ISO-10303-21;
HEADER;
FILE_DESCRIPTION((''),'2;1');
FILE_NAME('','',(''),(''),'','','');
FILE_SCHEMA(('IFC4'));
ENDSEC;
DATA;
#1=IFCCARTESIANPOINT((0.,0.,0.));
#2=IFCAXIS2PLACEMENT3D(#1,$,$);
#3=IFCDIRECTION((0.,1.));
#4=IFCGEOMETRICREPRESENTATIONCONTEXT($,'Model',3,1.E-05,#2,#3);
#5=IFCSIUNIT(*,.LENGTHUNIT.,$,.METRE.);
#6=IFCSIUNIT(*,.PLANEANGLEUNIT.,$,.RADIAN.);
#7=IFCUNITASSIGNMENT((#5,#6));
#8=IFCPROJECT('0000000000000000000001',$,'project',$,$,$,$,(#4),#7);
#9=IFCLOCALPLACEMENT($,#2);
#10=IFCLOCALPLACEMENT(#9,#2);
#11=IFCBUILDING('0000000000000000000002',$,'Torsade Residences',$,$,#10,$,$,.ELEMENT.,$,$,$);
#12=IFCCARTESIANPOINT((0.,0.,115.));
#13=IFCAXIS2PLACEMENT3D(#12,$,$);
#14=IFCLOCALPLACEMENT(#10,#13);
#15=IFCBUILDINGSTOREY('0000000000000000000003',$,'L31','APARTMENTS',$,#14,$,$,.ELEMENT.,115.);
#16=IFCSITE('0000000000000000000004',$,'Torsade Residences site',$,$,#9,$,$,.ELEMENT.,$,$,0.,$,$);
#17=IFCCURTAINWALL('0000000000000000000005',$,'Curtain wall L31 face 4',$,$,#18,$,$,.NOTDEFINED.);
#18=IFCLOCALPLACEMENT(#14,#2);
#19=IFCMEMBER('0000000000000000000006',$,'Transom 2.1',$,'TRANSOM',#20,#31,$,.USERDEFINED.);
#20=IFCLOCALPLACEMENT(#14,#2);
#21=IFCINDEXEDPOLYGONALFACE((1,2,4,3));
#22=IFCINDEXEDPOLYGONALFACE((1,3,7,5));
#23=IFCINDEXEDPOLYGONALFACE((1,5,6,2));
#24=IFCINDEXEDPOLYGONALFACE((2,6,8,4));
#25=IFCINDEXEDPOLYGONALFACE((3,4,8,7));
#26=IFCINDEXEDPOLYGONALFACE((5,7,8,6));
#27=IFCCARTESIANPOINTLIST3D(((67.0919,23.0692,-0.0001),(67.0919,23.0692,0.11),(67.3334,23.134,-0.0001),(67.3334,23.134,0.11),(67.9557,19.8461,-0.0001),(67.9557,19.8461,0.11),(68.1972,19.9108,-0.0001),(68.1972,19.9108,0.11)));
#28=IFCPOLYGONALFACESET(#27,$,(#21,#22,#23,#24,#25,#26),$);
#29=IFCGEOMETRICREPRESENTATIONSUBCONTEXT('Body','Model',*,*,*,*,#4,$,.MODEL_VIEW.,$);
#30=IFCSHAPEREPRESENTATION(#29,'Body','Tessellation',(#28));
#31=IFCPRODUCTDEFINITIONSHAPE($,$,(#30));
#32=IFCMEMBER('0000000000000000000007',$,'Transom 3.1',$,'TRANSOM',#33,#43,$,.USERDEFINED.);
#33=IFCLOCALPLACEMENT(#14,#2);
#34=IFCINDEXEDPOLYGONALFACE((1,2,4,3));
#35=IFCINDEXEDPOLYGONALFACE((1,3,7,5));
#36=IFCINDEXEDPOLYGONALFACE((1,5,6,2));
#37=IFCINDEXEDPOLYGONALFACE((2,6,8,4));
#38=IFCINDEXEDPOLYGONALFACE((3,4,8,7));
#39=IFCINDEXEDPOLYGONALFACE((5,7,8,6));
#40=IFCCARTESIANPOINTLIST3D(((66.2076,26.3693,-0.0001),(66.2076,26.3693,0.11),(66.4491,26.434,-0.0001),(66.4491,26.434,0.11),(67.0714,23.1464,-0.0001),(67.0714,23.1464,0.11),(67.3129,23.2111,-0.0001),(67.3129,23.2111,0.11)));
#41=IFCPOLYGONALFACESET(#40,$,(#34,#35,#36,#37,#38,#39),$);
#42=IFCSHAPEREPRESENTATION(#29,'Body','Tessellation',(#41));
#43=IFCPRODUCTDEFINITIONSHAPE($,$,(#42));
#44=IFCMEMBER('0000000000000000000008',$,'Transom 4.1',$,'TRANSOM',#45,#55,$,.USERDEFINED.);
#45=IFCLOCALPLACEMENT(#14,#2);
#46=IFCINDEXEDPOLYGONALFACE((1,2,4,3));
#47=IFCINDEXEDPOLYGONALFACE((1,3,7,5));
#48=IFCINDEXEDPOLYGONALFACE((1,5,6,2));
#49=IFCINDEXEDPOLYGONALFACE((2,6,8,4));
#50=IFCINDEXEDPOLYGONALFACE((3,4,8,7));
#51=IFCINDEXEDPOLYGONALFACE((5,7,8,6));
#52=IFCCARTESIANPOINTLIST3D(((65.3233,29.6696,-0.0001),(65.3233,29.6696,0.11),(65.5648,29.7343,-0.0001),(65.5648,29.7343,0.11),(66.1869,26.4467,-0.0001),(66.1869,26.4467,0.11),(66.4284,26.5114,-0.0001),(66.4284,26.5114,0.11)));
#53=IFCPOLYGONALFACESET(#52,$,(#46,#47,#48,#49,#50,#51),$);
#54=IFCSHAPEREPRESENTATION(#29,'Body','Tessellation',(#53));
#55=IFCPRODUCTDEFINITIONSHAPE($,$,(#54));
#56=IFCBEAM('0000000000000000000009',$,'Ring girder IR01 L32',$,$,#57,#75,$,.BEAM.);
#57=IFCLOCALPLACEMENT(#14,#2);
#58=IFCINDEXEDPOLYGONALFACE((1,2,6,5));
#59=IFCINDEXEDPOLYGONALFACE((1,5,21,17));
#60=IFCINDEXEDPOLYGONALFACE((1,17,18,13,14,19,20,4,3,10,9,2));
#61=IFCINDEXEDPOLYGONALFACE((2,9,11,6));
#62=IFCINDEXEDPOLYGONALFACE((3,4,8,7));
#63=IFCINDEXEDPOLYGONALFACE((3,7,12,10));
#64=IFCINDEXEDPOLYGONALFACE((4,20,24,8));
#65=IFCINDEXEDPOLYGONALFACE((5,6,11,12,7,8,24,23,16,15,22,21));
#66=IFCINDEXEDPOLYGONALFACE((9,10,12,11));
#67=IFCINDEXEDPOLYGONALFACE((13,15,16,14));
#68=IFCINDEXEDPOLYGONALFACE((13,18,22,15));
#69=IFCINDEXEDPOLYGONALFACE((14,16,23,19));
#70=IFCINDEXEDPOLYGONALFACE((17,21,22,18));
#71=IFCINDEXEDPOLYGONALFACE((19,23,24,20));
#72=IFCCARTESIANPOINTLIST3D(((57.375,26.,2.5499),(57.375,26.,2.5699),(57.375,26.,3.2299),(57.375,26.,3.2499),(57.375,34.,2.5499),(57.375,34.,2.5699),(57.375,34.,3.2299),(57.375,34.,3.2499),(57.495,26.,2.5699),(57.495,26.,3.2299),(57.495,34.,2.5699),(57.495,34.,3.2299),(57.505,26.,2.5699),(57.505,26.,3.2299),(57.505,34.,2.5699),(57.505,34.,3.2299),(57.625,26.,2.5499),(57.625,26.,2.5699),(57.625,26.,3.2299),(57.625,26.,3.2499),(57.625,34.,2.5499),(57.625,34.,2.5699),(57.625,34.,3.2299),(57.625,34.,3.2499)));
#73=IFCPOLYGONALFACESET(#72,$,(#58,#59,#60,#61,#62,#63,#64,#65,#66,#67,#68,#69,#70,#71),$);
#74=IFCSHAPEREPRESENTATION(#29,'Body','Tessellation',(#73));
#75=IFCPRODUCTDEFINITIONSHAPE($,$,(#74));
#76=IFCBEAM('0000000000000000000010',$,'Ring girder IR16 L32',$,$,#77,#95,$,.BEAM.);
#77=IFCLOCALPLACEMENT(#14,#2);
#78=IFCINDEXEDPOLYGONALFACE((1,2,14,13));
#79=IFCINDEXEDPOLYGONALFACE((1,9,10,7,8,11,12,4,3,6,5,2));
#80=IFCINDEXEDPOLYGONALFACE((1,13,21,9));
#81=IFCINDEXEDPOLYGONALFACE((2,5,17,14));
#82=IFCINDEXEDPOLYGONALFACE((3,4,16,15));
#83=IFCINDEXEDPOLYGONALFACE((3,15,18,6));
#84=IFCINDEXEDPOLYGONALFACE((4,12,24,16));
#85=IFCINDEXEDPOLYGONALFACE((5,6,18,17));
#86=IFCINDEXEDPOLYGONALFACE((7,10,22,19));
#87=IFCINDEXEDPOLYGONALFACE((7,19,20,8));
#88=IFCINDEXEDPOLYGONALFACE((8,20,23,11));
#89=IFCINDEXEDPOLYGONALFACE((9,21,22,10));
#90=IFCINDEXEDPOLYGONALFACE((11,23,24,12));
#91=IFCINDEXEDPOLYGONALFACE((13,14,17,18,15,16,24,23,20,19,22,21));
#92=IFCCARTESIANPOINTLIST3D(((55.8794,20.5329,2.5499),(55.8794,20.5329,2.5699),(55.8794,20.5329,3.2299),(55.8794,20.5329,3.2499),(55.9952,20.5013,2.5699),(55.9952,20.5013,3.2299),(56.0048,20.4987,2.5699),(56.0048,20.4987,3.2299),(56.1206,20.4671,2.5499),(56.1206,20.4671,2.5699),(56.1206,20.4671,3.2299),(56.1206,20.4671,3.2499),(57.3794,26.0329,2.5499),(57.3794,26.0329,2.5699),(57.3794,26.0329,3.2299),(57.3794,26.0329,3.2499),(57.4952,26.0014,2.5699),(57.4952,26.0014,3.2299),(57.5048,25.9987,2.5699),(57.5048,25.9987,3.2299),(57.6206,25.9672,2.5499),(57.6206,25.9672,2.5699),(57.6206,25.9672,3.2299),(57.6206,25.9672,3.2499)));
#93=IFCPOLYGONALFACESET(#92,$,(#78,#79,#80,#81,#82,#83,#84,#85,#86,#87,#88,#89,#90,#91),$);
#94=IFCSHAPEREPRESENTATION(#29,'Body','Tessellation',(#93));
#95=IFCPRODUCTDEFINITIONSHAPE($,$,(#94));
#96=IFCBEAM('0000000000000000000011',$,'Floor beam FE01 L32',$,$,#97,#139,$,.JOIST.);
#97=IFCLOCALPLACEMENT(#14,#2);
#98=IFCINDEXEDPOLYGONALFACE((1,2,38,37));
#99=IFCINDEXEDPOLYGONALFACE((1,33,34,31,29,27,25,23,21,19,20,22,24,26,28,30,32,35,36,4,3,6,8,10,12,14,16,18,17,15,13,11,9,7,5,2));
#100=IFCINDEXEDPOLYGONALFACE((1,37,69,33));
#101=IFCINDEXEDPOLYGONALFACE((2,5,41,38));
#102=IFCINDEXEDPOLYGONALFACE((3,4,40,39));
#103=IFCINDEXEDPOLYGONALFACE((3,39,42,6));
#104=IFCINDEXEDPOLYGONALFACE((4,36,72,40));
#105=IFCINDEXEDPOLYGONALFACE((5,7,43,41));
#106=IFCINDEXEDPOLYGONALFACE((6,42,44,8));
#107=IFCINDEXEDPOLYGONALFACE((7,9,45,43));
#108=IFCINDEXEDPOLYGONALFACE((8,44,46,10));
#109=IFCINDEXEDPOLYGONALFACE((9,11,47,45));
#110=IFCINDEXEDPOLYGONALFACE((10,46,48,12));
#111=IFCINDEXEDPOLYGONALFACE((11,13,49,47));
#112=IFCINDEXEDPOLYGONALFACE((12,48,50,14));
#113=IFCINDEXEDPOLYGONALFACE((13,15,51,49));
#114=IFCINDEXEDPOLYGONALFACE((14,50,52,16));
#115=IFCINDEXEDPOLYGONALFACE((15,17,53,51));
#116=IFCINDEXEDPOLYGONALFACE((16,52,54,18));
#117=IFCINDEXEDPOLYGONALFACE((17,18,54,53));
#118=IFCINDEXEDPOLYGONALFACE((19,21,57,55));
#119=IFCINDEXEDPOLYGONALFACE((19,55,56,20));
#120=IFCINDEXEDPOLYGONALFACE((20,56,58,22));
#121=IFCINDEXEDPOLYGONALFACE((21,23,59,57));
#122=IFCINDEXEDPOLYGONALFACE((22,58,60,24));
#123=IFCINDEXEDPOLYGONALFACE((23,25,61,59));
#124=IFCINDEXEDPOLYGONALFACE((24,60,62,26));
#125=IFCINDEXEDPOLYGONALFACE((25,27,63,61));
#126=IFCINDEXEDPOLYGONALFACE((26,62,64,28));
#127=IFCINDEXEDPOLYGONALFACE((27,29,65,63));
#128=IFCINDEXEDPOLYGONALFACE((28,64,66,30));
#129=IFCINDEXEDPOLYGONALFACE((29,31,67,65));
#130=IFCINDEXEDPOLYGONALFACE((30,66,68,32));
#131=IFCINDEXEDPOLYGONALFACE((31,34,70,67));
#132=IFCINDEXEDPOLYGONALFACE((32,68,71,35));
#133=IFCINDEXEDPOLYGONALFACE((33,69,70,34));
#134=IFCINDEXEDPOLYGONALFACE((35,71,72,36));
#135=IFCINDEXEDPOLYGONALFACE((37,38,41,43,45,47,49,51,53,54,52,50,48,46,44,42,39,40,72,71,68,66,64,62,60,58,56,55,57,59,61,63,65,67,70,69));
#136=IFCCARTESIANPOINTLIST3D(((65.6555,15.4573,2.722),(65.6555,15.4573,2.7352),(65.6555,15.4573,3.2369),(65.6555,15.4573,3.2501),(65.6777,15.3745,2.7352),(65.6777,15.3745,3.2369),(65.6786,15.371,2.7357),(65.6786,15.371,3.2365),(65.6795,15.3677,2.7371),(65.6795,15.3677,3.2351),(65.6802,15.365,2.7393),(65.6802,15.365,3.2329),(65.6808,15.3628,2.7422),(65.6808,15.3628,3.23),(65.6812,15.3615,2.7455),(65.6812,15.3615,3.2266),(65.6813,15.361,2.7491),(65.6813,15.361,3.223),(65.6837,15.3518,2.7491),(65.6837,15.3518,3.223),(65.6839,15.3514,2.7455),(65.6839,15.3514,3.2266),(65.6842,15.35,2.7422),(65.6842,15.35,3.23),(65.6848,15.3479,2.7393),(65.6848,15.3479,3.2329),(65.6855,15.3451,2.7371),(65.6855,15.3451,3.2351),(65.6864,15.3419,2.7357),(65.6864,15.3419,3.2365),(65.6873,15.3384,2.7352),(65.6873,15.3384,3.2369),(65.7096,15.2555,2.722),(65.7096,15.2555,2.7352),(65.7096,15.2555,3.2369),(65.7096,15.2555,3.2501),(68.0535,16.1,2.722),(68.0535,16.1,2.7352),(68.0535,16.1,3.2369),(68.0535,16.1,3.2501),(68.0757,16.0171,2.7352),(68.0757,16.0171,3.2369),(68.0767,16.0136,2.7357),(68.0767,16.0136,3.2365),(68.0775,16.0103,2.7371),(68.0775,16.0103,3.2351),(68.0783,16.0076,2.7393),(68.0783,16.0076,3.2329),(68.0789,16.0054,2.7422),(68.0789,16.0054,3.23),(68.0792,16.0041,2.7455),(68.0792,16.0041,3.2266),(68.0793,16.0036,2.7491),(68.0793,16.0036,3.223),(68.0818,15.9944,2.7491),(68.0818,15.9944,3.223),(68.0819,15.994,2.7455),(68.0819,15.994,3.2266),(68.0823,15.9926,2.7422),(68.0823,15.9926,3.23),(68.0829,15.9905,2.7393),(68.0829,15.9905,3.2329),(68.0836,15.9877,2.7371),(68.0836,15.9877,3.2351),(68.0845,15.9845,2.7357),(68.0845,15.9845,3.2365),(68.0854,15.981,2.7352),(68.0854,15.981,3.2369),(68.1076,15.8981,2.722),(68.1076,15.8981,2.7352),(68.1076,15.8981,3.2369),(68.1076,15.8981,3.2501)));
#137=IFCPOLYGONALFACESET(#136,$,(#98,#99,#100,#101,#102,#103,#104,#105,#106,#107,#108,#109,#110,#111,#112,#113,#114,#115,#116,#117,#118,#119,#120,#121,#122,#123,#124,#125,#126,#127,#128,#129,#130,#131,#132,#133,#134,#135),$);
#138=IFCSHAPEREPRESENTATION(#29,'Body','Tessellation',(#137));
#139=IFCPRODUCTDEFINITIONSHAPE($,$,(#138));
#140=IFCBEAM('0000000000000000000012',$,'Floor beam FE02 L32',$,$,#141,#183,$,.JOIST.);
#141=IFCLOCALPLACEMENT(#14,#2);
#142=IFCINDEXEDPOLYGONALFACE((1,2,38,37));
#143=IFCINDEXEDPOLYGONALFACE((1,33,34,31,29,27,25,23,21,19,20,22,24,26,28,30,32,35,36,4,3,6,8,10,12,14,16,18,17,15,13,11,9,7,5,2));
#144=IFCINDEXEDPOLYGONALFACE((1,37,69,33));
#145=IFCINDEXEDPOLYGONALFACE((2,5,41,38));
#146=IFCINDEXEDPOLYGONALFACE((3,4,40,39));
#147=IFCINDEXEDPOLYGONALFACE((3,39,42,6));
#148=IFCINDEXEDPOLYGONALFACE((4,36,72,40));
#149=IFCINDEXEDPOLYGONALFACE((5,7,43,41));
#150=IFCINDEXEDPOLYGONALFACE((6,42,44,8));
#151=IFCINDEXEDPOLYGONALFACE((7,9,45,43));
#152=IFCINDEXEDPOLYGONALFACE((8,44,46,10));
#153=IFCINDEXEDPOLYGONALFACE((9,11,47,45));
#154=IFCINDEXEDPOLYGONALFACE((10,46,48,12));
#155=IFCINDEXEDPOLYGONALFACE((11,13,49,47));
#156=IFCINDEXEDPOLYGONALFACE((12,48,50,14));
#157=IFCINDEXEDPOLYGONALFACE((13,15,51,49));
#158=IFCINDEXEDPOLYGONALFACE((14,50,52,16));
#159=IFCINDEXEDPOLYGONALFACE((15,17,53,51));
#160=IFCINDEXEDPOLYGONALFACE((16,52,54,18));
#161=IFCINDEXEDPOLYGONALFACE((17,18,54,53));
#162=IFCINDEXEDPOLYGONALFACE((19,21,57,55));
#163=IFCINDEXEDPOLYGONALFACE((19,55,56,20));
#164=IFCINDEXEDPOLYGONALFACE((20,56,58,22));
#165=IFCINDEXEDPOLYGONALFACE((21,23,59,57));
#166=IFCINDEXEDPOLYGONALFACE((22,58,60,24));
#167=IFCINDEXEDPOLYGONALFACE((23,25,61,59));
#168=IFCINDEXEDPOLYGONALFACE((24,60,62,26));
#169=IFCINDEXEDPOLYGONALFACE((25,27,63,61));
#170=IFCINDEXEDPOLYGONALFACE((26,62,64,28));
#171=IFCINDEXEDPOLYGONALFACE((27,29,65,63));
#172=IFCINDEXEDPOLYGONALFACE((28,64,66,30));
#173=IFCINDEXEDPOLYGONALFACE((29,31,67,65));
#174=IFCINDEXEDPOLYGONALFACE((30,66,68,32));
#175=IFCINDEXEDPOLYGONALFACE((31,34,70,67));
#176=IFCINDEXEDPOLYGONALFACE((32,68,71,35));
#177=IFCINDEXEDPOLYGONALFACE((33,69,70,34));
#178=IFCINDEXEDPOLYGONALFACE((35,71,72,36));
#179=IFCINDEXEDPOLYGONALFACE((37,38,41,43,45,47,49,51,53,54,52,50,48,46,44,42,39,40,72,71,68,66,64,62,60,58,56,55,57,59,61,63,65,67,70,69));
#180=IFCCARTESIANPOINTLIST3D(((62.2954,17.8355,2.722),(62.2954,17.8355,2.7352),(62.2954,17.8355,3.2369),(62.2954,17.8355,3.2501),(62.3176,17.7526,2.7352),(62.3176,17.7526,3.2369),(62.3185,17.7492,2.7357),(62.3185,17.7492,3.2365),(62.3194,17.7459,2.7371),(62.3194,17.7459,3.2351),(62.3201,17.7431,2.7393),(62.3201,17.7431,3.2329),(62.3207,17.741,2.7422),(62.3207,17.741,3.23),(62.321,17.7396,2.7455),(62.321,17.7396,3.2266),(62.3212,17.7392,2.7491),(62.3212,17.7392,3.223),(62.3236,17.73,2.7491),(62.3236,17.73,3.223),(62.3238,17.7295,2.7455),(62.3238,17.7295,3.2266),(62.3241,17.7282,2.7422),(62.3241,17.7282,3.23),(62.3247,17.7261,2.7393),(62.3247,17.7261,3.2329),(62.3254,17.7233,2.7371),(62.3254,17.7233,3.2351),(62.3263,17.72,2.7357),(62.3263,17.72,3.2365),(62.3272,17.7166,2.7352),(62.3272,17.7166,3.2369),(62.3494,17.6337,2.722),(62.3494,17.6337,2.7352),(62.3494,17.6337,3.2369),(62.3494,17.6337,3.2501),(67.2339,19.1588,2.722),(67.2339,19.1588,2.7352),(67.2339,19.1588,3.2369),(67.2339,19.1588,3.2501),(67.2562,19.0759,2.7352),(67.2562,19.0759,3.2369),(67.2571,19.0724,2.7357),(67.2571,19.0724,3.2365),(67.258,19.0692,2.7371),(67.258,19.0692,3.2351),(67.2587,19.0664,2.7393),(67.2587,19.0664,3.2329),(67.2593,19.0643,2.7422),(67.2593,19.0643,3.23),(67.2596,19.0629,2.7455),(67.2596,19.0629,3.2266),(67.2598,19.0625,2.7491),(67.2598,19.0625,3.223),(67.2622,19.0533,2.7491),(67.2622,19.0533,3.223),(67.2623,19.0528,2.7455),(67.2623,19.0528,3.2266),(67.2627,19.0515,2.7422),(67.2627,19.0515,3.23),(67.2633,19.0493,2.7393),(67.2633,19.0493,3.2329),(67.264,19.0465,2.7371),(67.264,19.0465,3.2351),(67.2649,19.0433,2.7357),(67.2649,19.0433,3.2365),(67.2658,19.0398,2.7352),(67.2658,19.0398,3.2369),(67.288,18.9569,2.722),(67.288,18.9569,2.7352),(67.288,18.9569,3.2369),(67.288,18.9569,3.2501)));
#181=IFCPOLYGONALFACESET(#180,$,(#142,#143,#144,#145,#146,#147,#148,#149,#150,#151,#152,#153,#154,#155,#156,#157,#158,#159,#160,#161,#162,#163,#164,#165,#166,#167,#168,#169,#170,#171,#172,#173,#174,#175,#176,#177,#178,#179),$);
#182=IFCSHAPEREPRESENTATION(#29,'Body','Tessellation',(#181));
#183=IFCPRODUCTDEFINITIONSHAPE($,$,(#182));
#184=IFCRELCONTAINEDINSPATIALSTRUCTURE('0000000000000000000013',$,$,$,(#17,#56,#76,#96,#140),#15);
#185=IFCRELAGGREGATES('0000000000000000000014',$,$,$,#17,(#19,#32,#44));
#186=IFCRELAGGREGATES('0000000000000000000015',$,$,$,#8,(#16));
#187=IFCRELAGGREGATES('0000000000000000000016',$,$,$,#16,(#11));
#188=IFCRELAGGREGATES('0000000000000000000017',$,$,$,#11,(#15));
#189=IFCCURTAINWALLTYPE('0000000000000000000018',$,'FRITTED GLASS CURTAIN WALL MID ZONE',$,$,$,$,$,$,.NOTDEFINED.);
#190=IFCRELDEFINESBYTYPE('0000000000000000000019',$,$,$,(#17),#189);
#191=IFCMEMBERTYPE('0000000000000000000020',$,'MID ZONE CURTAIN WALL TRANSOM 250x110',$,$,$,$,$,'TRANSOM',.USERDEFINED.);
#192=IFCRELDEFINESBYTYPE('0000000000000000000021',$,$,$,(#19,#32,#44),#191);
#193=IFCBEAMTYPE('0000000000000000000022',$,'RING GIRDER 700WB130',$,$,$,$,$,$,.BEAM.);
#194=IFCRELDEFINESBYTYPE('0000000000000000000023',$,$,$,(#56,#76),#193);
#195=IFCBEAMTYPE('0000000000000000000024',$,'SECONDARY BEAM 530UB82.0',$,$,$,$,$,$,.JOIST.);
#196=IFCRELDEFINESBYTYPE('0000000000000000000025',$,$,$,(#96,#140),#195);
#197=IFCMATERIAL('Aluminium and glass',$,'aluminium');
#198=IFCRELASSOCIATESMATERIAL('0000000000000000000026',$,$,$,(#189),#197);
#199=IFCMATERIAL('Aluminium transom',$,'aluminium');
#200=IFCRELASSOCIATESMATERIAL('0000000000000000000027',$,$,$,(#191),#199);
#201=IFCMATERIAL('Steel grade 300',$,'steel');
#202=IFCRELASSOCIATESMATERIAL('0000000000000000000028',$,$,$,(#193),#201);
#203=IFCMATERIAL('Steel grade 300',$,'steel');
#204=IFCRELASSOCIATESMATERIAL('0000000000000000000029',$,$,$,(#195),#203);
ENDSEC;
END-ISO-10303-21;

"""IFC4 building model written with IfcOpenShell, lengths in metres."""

from ifc_helpers import new_model, si_unit, direction, frame, origin, origin_2d, place, context, subcontext, project, spatial, rectangle, i_section, extrude, material, material_profile, profile_set, type_object, element, aggregate, save


model = new_model("IFC4")

# Units and contexts
model_context = context("Model", 3, precision=1e-05, world=origin(), true_north=direction((0.0, 1.0)))
body_context = subcontext(model_context, "Body", "Model", "MODEL_VIEW")
ifc_project = project(units=[si_unit("LENGTHUNIT", "METRE"), si_unit("PLANEANGLEUNIT", "RADIAN")], contexts=[model_context])

# Site, building, storey
site_placement = place(None, origin())
site = spatial("IfcSite", under=ifc_project, at=site_placement, Name="Torsade Residences site", CompositionType="ELEMENT", RefElevation=0.0)
building_placement = place(site_placement, origin())
building = spatial("IfcBuilding", under=site, at=building_placement, Name="Torsade Residences", CompositionType="ELEMENT")
storey_placement = place(building_placement, frame((0.0, 0.0, 115.0)))
storey = spatial("IfcBuildingStorey", under=building, at=storey_placement, Name="L31", Description="APARTMENTS", CompositionType="ELEMENT", Elevation=115.0)

# Curtain wall, members
ifc_material_1 = material(Name="Aluminium and glass", Category="aluminium")
curtain_wall_type = type_object("IfcCurtainWallType", Name="FRITTED GLASS CURTAIN WALL MID ZONE", PredefinedType="NOTDEFINED", material=ifc_material_1)
curtain_wall_placement = place(storey_placement, origin())
curtain_wall = element("IfcCurtainWall", 1, at=curtain_wall_placement, inside=storey, type_object=curtain_wall_type, Name="Curtain wall L31 face 4", PredefinedType="NOTDEFINED")
ifc_material_2 = material(Name="Aluminium transom", Category="aluminium")
ifc_material_profile_1 = material_profile(ifc_material_2, rectangle(XDim=0.25, YDim=0.1101, at=origin_2d()), Name="MID ZONE CURTAIN WALL TRANSOM 250x110")
ifc_profile_set_1 = profile_set([ifc_material_profile_1], Name="Aluminium transom")
member_type_1 = type_object("IfcMemberType", Name="MID ZONE CURTAIN WALL TRANSOM 250x110", ElementType="TRANSOM", PredefinedType="USERDEFINED", material=ifc_profile_set_1)
member_1_placement = place(storey_placement, frame((68.0764, 19.8784, 0.0549), z_axis=(-0.258856, 0.965916, 0.0), x_axis=(-0.965916, -0.258856, 0.0)))
member_1 = element("IfcMember", 2, at=member_1_placement, type_object=member_type_1, Name="Transom 2.1", ObjectType="TRANSOM", PredefinedType="USERDEFINED", context=body_context, shape_type="SweptSolid", body=[
    extrude(rectangle(XDim=0.25, YDim=0.1101, at=origin_2d()), origin(), (0.0, 0.0, 1.0), 3.3369),
])
member_2_placement = place(storey_placement, frame((67.1921, 23.1787, 0.0549), z_axis=(-0.258874, 0.965911, 0.0), x_axis=(-0.965911, -0.258874, 0.0)))
member_2 = element("IfcMember", 3, at=member_2_placement, type_object=member_type_1, Name="Transom 3.1", ObjectType="TRANSOM", PredefinedType="USERDEFINED", context=body_context, shape_type="SweptSolid", body=[
    extrude(rectangle(XDim=0.25, YDim=0.1101, at=origin_2d()), origin(), (0.0, 0.0, 1.0), 3.3367),
])
member_3_placement = place(storey_placement, frame((66.3076, 26.479, 0.0549), z_axis=(-0.258806, 0.965929, 0.0), x_axis=(-0.965929, -0.258806, 0.0)))
member_3 = element("IfcMember", 4, at=member_3_placement, type_object=member_type_1, Name="Transom 4.1", ObjectType="TRANSOM", PredefinedType="USERDEFINED", context=body_context, shape_type="SweptSolid", body=[
    extrude(rectangle(XDim=0.25, YDim=0.1101, at=origin_2d()), origin(), (0.0, 0.0, 1.0), 3.3367),
])

# Beams
ifc_material_3 = material(Name="Steel grade 300", Category="steel")
ifc_material_profile_2 = material_profile(ifc_material_3, i_section(OverallWidth=0.25, OverallDepth=0.7, WebThickness=0.01, FlangeThickness=0.02, at=origin_2d()), Name="700WB130")
ifc_profile_set_2 = profile_set([ifc_material_profile_2], Name="Steel grade 300")
beam_type_1 = type_object("IfcBeamType", Name="RING GIRDER 700WB130", PredefinedType="BEAM", material=ifc_profile_set_2)
beam_1_placement = place(storey_placement, frame((57.5, 26.0, 2.8999), z_axis=(0.0, 1.0, 0.0), x_axis=(-1.0, 0.0, 0.0)))
element("IfcBeam", 5, at=beam_1_placement, inside=storey, type_object=beam_type_1, Name="Ring girder IR01 L32", PredefinedType="BEAM", context=body_context, shape_type="SweptSolid", body=[
    extrude(i_section(OverallWidth=0.25, OverallDepth=0.7, WebThickness=0.01, FlangeThickness=0.02, at=origin_2d()), origin(), (0.0, 0.0, 1.0), 8.0),
])
beam_2_placement = place(storey_placement, frame((56.0, 20.5, 2.8999), z_axis=(0.263117, 0.964764, 0.0), x_axis=(-0.964764, 0.263117, 0.0)))
element("IfcBeam", 6, at=beam_2_placement, inside=storey, type_object=beam_type_1, Name="Ring girder IR16 L32", PredefinedType="BEAM", context=body_context, shape_type="SweptSolid", body=[
    extrude(i_section(OverallWidth=0.25, OverallDepth=0.7, WebThickness=0.01, FlangeThickness=0.02, at=origin_2d()), origin(), (0.0, 0.0, 1.0), 5.7009),
])
ifc_material_4 = material(Name="Steel grade 300", Category="steel")
ifc_material_profile_3 = material_profile(ifc_material_4, i_section(OverallWidth=0.209, OverallDepth=0.5281, WebThickness=0.0095, FlangeThickness=0.0132, FilletRadius=0.0139, at=origin_2d()), Name="530UB82.0")
ifc_profile_set_3 = profile_set([ifc_material_profile_3], Name="Steel grade 300")
beam_type_2 = type_object("IfcBeamType", Name="SECONDARY BEAM 530UB82.0", PredefinedType="JOIST", material=ifc_profile_set_3)
beam_3_placement = place(storey_placement, frame((68.0806, 15.999, 2.9861), z_axis=(-0.965921, -0.258838, 0.0), x_axis=(0.258838, -0.965921, 0.0)))
element("IfcBeam", 7, at=beam_3_placement, inside=storey, type_object=beam_type_2, Name="Floor beam FE01 L32", PredefinedType="JOIST", context=body_context, shape_type="SweptSolid", body=[
    extrude(i_section(OverallWidth=0.209, OverallDepth=0.5281, WebThickness=0.0095, FlangeThickness=0.0132, FilletRadius=0.0139, at=origin_2d()), origin(), (0.0, 0.0, 1.0), 2.4827),
])
beam_4_placement = place(storey_placement, frame((67.261, 19.0579, 2.9861), z_axis=(-0.965927, -0.258816, 0.0), x_axis=(0.258816, -0.965927, 0.0)))
element("IfcBeam", 8, at=beam_4_placement, inside=storey, type_object=beam_type_2, Name="Floor beam FE02 L32", PredefinedType="JOIST", context=body_context, shape_type="SweptSolid", body=[
    extrude(i_section(OverallWidth=0.209, OverallDepth=0.5281, WebThickness=0.0095, FlangeThickness=0.0132, FilletRadius=0.0139, at=origin_2d()), origin(), (0.0, 0.0, 1.0), 5.1128),
])

aggregate(curtain_wall, [member_1, member_2, member_3])

save(model, "model.ifc")
